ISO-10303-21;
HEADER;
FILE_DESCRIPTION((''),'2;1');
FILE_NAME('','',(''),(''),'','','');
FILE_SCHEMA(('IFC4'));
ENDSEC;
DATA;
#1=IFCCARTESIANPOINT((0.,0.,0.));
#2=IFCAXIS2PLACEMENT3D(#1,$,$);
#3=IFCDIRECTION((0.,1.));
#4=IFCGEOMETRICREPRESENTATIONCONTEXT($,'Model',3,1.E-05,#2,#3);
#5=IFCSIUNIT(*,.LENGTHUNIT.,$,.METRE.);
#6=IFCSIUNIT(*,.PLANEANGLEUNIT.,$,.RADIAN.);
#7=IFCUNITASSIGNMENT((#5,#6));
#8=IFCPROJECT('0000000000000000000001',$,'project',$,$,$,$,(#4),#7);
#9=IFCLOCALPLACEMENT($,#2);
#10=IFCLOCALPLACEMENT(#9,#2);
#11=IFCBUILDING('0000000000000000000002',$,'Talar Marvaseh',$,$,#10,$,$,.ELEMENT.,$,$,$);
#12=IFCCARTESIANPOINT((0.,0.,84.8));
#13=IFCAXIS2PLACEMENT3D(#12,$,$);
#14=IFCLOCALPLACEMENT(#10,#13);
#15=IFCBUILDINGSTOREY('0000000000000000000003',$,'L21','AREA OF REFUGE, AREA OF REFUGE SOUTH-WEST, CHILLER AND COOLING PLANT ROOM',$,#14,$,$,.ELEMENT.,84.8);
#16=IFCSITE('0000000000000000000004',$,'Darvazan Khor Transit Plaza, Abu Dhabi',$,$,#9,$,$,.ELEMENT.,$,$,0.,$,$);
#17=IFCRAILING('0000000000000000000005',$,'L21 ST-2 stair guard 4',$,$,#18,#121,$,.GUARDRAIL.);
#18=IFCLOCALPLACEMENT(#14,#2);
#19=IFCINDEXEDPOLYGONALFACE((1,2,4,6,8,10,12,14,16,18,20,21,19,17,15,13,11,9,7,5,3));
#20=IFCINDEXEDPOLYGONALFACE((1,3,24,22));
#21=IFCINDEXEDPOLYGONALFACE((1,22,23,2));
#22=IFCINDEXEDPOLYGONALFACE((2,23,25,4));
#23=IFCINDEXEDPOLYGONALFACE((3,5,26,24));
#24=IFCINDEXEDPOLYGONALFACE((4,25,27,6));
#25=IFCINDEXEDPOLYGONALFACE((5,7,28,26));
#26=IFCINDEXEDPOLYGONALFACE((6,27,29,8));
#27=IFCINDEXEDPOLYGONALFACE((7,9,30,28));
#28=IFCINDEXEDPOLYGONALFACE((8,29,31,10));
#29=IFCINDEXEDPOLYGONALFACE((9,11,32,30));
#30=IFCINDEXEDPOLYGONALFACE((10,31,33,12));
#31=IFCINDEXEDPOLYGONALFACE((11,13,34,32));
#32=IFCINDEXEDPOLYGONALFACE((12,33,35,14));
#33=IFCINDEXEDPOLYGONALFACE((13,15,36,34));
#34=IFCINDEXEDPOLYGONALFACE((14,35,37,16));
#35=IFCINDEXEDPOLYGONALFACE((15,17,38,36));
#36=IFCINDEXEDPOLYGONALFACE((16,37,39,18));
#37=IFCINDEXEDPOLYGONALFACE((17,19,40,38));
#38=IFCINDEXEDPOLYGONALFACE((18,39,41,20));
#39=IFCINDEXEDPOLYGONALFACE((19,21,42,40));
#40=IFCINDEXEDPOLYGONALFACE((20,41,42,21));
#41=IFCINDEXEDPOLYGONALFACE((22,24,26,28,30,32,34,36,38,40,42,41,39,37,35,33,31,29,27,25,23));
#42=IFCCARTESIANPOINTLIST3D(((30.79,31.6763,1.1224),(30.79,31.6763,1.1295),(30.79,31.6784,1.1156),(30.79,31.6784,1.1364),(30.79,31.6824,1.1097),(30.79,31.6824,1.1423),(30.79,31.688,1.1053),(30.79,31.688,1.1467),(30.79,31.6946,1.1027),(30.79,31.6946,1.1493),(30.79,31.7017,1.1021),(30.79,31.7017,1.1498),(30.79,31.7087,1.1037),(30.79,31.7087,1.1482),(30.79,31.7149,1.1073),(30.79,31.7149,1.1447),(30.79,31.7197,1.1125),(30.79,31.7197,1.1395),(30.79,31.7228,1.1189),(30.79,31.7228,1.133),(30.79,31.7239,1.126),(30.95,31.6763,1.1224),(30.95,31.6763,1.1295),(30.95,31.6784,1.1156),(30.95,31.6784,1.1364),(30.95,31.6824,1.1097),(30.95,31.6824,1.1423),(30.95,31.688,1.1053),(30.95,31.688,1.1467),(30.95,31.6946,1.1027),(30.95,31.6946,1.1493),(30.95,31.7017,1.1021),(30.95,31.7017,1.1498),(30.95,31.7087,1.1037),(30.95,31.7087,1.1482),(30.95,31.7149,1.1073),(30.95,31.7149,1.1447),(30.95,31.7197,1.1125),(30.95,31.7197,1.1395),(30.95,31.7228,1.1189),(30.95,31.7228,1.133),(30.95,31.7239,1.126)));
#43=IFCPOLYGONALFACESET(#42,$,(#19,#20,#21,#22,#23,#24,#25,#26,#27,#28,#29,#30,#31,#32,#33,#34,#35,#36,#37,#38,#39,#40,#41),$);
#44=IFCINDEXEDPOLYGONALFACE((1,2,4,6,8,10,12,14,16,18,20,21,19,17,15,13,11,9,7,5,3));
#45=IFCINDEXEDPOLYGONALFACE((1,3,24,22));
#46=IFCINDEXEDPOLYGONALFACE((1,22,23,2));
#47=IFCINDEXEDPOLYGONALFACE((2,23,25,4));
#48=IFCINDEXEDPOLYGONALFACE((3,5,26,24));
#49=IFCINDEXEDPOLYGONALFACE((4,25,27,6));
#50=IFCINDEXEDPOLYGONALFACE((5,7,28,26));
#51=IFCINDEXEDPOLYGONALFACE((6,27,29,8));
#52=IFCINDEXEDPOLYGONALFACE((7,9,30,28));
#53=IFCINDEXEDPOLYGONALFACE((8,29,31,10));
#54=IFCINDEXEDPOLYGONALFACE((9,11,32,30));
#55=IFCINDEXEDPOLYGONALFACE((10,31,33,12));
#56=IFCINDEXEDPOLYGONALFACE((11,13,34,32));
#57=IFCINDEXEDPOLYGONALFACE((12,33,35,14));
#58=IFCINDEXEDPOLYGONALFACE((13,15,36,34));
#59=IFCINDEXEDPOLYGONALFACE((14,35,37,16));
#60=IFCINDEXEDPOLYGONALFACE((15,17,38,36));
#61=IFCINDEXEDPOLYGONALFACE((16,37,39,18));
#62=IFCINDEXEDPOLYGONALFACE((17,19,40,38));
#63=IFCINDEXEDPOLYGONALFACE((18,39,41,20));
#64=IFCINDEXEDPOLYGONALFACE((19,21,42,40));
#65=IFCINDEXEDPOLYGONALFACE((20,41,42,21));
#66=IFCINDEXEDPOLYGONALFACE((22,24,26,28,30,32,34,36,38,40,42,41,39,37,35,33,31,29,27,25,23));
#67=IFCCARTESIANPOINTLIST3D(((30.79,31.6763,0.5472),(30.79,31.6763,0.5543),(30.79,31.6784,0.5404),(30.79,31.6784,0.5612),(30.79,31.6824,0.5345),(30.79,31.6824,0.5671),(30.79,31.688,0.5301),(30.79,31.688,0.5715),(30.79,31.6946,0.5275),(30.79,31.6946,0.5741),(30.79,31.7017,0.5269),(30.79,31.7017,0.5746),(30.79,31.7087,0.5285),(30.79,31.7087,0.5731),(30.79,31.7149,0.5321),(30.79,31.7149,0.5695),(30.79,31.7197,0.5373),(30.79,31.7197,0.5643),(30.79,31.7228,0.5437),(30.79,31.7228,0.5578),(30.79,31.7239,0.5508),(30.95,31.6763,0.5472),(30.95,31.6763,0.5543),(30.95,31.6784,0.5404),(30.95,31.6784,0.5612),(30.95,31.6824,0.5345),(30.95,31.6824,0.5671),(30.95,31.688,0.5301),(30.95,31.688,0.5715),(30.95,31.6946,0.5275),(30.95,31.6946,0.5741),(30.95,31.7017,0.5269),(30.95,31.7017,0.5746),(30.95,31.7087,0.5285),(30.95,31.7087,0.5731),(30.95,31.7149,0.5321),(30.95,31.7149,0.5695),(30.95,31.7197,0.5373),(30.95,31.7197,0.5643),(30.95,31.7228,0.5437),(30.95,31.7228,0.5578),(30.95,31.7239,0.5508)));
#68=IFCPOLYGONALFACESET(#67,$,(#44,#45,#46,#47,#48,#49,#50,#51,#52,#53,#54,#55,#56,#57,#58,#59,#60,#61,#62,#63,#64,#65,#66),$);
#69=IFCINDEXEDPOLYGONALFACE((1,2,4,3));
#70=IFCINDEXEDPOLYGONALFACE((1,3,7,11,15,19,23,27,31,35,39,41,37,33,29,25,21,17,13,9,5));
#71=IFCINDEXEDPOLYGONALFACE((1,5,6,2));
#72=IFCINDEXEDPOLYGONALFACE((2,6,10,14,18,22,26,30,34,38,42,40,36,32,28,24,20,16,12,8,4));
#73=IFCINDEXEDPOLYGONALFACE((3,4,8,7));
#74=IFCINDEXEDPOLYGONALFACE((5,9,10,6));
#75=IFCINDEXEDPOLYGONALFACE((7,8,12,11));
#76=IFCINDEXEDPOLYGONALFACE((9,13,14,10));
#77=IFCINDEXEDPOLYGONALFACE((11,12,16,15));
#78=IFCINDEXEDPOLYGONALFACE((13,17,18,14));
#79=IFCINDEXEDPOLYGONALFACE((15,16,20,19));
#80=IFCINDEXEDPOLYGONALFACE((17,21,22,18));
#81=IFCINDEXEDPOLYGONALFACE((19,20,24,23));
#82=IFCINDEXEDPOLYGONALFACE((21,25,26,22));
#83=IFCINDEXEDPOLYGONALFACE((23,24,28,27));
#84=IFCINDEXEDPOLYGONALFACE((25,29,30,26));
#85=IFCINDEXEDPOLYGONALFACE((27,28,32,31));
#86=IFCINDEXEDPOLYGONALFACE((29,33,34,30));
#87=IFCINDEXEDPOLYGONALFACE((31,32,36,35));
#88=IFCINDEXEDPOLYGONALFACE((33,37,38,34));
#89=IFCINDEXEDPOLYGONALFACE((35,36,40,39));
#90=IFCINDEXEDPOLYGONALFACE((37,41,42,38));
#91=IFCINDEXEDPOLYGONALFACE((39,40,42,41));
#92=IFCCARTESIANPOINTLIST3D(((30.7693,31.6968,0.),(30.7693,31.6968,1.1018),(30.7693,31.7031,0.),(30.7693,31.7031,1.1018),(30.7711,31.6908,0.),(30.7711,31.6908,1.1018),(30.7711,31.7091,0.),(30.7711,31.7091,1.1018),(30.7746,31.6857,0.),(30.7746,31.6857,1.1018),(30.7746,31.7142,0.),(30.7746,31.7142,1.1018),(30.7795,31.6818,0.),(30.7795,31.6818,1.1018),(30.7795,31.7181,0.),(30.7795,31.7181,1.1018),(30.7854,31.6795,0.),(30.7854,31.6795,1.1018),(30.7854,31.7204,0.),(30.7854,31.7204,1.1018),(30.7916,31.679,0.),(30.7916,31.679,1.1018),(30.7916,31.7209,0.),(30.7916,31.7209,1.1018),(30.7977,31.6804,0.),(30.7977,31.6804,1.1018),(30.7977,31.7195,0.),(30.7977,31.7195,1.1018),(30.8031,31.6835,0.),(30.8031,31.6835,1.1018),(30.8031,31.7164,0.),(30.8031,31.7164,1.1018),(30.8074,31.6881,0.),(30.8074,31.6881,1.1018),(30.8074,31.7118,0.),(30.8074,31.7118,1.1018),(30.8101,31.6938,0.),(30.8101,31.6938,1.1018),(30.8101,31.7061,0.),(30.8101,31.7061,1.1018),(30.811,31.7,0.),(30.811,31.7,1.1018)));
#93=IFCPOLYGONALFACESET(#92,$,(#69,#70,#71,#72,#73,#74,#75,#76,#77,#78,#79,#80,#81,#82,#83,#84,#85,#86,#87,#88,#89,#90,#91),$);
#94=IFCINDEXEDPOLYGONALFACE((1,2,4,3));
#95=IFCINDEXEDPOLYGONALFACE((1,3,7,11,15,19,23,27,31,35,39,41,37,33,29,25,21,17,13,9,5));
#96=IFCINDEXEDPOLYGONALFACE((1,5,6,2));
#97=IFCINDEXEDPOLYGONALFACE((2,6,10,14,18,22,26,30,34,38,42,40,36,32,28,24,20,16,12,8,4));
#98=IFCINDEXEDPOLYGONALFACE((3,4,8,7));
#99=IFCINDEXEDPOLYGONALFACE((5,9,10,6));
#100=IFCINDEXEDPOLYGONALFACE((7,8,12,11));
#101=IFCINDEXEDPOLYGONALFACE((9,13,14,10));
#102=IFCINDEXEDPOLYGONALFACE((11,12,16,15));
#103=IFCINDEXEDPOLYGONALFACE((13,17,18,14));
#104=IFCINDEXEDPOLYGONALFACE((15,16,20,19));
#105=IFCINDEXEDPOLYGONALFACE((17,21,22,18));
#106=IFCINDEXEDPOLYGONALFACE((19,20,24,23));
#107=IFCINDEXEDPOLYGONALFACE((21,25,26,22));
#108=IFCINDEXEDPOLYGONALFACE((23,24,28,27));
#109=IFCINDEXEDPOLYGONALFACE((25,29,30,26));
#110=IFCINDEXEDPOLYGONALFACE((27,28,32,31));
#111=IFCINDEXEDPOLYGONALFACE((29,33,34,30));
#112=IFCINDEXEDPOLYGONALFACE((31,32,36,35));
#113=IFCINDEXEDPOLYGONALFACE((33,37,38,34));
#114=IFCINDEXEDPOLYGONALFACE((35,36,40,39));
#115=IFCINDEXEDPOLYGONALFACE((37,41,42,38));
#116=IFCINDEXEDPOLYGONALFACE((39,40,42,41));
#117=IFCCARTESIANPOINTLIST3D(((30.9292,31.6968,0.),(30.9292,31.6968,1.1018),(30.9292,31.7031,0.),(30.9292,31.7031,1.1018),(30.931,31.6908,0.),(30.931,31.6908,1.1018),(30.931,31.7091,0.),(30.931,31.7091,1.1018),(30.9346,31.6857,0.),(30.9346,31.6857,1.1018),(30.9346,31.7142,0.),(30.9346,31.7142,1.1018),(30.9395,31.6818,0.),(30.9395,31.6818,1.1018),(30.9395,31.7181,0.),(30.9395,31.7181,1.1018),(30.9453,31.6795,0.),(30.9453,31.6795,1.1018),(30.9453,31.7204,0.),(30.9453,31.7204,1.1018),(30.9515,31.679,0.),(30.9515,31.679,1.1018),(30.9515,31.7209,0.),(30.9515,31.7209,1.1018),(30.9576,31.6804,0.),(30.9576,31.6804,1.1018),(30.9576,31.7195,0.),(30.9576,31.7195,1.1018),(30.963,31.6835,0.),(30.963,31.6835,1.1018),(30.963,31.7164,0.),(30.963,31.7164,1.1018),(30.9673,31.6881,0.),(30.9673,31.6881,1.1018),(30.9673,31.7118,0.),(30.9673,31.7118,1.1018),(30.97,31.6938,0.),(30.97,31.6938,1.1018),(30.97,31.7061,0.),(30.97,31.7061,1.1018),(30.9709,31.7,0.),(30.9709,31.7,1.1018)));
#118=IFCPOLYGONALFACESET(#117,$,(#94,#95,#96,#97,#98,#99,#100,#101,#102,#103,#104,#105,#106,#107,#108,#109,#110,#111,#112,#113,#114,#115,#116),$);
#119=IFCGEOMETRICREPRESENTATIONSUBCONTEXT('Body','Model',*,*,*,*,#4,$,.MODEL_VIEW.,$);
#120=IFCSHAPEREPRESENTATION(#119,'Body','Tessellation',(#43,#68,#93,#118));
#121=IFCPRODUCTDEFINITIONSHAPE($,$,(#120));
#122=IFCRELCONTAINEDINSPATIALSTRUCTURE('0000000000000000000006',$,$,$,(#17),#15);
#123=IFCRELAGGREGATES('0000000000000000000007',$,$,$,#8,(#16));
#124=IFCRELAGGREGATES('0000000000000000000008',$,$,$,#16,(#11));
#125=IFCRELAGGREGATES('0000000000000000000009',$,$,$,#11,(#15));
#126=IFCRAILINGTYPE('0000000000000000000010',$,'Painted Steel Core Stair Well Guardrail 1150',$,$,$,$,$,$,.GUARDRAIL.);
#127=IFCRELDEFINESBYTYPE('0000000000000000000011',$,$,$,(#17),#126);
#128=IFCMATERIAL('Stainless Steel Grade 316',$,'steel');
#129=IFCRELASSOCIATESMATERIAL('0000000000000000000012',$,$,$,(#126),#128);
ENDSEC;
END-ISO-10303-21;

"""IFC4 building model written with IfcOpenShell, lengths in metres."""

from ifc_helpers import new_model, si_unit, direction, frame, origin, origin_2d, place, context, subcontext, project, spatial, circle, extrude, material, type_object, element, save


model = new_model("IFC4")

# Units and contexts
model_context = context("Model", 3, precision=1e-05, world=origin(), true_north=direction((0.0, 1.0)))
body_context = subcontext(model_context, "Body", "Model", "MODEL_VIEW")
ifc_project = project(units=[si_unit("LENGTHUNIT", "METRE"), si_unit("PLANEANGLEUNIT", "RADIAN")], contexts=[model_context])

# Site, building, storey
site_placement = place(None, origin())
site = spatial("IfcSite", under=ifc_project, at=site_placement, Name="Darvazan Khor Transit Plaza, Abu Dhabi", CompositionType="ELEMENT", RefElevation=0.0)
building_placement = place(site_placement, origin())
building = spatial("IfcBuilding", under=site, at=building_placement, Name="Talar Marvaseh", CompositionType="ELEMENT")
storey_placement = place(building_placement, frame((0.0, 0.0, 84.8)))
storey = spatial("IfcBuildingStorey", under=building, at=storey_placement, Name="L21", Description="AREA OF REFUGE, AREA OF REFUGE SOUTH-WEST, CHILLER AND COOLING PLANT ROOM", CompositionType="ELEMENT", Elevation=84.8)

# Railing
ifc_material_1 = material(Name="Stainless Steel Grade 316", Category="steel")
railing_type_1 = type_object("IfcRailingType", Name="Painted Steel Core Stair Well Guardrail 1150", PredefinedType="GUARDRAIL", material=ifc_material_1)
railing_1_placement = place(storey_placement, frame((30.79, 31.7, 0.0)))
element("IfcRailing", 1, at=railing_1_placement, inside=storey, type_object=railing_type_1, Name="L21 ST-2 stair guard 4", PredefinedType="GUARDRAIL", context=body_context, shape_type="SweptSolid", body=[
    extrude(circle(Radius=0.0239, at=origin_2d()), frame((0.0, 0.0, 1.126), z_axis=(1.0, 0.0, 0.0), x_axis=(0.0, 1.0, 0.0)), (0.0, 0.0, 1.0), 0.1599),
    extrude(circle(Radius=0.0239, at=origin_2d()), frame((0.0, 0.0, 0.5508), z_axis=(1.0, 0.0, 0.0), x_axis=(0.0, 1.0, 0.0)), (0.0, 0.0, 1.0), 0.1599),
    extrude(circle(Radius=0.021, at=origin_2d()), origin(), (0.0, 0.0, 1.0), 1.1018),
    extrude(circle(Radius=0.021, at=origin_2d()), frame((0.1599, 0.0, 0.0)), (0.0, 0.0, 1.0), 1.1018),
])

save(model, "model.ifc")
